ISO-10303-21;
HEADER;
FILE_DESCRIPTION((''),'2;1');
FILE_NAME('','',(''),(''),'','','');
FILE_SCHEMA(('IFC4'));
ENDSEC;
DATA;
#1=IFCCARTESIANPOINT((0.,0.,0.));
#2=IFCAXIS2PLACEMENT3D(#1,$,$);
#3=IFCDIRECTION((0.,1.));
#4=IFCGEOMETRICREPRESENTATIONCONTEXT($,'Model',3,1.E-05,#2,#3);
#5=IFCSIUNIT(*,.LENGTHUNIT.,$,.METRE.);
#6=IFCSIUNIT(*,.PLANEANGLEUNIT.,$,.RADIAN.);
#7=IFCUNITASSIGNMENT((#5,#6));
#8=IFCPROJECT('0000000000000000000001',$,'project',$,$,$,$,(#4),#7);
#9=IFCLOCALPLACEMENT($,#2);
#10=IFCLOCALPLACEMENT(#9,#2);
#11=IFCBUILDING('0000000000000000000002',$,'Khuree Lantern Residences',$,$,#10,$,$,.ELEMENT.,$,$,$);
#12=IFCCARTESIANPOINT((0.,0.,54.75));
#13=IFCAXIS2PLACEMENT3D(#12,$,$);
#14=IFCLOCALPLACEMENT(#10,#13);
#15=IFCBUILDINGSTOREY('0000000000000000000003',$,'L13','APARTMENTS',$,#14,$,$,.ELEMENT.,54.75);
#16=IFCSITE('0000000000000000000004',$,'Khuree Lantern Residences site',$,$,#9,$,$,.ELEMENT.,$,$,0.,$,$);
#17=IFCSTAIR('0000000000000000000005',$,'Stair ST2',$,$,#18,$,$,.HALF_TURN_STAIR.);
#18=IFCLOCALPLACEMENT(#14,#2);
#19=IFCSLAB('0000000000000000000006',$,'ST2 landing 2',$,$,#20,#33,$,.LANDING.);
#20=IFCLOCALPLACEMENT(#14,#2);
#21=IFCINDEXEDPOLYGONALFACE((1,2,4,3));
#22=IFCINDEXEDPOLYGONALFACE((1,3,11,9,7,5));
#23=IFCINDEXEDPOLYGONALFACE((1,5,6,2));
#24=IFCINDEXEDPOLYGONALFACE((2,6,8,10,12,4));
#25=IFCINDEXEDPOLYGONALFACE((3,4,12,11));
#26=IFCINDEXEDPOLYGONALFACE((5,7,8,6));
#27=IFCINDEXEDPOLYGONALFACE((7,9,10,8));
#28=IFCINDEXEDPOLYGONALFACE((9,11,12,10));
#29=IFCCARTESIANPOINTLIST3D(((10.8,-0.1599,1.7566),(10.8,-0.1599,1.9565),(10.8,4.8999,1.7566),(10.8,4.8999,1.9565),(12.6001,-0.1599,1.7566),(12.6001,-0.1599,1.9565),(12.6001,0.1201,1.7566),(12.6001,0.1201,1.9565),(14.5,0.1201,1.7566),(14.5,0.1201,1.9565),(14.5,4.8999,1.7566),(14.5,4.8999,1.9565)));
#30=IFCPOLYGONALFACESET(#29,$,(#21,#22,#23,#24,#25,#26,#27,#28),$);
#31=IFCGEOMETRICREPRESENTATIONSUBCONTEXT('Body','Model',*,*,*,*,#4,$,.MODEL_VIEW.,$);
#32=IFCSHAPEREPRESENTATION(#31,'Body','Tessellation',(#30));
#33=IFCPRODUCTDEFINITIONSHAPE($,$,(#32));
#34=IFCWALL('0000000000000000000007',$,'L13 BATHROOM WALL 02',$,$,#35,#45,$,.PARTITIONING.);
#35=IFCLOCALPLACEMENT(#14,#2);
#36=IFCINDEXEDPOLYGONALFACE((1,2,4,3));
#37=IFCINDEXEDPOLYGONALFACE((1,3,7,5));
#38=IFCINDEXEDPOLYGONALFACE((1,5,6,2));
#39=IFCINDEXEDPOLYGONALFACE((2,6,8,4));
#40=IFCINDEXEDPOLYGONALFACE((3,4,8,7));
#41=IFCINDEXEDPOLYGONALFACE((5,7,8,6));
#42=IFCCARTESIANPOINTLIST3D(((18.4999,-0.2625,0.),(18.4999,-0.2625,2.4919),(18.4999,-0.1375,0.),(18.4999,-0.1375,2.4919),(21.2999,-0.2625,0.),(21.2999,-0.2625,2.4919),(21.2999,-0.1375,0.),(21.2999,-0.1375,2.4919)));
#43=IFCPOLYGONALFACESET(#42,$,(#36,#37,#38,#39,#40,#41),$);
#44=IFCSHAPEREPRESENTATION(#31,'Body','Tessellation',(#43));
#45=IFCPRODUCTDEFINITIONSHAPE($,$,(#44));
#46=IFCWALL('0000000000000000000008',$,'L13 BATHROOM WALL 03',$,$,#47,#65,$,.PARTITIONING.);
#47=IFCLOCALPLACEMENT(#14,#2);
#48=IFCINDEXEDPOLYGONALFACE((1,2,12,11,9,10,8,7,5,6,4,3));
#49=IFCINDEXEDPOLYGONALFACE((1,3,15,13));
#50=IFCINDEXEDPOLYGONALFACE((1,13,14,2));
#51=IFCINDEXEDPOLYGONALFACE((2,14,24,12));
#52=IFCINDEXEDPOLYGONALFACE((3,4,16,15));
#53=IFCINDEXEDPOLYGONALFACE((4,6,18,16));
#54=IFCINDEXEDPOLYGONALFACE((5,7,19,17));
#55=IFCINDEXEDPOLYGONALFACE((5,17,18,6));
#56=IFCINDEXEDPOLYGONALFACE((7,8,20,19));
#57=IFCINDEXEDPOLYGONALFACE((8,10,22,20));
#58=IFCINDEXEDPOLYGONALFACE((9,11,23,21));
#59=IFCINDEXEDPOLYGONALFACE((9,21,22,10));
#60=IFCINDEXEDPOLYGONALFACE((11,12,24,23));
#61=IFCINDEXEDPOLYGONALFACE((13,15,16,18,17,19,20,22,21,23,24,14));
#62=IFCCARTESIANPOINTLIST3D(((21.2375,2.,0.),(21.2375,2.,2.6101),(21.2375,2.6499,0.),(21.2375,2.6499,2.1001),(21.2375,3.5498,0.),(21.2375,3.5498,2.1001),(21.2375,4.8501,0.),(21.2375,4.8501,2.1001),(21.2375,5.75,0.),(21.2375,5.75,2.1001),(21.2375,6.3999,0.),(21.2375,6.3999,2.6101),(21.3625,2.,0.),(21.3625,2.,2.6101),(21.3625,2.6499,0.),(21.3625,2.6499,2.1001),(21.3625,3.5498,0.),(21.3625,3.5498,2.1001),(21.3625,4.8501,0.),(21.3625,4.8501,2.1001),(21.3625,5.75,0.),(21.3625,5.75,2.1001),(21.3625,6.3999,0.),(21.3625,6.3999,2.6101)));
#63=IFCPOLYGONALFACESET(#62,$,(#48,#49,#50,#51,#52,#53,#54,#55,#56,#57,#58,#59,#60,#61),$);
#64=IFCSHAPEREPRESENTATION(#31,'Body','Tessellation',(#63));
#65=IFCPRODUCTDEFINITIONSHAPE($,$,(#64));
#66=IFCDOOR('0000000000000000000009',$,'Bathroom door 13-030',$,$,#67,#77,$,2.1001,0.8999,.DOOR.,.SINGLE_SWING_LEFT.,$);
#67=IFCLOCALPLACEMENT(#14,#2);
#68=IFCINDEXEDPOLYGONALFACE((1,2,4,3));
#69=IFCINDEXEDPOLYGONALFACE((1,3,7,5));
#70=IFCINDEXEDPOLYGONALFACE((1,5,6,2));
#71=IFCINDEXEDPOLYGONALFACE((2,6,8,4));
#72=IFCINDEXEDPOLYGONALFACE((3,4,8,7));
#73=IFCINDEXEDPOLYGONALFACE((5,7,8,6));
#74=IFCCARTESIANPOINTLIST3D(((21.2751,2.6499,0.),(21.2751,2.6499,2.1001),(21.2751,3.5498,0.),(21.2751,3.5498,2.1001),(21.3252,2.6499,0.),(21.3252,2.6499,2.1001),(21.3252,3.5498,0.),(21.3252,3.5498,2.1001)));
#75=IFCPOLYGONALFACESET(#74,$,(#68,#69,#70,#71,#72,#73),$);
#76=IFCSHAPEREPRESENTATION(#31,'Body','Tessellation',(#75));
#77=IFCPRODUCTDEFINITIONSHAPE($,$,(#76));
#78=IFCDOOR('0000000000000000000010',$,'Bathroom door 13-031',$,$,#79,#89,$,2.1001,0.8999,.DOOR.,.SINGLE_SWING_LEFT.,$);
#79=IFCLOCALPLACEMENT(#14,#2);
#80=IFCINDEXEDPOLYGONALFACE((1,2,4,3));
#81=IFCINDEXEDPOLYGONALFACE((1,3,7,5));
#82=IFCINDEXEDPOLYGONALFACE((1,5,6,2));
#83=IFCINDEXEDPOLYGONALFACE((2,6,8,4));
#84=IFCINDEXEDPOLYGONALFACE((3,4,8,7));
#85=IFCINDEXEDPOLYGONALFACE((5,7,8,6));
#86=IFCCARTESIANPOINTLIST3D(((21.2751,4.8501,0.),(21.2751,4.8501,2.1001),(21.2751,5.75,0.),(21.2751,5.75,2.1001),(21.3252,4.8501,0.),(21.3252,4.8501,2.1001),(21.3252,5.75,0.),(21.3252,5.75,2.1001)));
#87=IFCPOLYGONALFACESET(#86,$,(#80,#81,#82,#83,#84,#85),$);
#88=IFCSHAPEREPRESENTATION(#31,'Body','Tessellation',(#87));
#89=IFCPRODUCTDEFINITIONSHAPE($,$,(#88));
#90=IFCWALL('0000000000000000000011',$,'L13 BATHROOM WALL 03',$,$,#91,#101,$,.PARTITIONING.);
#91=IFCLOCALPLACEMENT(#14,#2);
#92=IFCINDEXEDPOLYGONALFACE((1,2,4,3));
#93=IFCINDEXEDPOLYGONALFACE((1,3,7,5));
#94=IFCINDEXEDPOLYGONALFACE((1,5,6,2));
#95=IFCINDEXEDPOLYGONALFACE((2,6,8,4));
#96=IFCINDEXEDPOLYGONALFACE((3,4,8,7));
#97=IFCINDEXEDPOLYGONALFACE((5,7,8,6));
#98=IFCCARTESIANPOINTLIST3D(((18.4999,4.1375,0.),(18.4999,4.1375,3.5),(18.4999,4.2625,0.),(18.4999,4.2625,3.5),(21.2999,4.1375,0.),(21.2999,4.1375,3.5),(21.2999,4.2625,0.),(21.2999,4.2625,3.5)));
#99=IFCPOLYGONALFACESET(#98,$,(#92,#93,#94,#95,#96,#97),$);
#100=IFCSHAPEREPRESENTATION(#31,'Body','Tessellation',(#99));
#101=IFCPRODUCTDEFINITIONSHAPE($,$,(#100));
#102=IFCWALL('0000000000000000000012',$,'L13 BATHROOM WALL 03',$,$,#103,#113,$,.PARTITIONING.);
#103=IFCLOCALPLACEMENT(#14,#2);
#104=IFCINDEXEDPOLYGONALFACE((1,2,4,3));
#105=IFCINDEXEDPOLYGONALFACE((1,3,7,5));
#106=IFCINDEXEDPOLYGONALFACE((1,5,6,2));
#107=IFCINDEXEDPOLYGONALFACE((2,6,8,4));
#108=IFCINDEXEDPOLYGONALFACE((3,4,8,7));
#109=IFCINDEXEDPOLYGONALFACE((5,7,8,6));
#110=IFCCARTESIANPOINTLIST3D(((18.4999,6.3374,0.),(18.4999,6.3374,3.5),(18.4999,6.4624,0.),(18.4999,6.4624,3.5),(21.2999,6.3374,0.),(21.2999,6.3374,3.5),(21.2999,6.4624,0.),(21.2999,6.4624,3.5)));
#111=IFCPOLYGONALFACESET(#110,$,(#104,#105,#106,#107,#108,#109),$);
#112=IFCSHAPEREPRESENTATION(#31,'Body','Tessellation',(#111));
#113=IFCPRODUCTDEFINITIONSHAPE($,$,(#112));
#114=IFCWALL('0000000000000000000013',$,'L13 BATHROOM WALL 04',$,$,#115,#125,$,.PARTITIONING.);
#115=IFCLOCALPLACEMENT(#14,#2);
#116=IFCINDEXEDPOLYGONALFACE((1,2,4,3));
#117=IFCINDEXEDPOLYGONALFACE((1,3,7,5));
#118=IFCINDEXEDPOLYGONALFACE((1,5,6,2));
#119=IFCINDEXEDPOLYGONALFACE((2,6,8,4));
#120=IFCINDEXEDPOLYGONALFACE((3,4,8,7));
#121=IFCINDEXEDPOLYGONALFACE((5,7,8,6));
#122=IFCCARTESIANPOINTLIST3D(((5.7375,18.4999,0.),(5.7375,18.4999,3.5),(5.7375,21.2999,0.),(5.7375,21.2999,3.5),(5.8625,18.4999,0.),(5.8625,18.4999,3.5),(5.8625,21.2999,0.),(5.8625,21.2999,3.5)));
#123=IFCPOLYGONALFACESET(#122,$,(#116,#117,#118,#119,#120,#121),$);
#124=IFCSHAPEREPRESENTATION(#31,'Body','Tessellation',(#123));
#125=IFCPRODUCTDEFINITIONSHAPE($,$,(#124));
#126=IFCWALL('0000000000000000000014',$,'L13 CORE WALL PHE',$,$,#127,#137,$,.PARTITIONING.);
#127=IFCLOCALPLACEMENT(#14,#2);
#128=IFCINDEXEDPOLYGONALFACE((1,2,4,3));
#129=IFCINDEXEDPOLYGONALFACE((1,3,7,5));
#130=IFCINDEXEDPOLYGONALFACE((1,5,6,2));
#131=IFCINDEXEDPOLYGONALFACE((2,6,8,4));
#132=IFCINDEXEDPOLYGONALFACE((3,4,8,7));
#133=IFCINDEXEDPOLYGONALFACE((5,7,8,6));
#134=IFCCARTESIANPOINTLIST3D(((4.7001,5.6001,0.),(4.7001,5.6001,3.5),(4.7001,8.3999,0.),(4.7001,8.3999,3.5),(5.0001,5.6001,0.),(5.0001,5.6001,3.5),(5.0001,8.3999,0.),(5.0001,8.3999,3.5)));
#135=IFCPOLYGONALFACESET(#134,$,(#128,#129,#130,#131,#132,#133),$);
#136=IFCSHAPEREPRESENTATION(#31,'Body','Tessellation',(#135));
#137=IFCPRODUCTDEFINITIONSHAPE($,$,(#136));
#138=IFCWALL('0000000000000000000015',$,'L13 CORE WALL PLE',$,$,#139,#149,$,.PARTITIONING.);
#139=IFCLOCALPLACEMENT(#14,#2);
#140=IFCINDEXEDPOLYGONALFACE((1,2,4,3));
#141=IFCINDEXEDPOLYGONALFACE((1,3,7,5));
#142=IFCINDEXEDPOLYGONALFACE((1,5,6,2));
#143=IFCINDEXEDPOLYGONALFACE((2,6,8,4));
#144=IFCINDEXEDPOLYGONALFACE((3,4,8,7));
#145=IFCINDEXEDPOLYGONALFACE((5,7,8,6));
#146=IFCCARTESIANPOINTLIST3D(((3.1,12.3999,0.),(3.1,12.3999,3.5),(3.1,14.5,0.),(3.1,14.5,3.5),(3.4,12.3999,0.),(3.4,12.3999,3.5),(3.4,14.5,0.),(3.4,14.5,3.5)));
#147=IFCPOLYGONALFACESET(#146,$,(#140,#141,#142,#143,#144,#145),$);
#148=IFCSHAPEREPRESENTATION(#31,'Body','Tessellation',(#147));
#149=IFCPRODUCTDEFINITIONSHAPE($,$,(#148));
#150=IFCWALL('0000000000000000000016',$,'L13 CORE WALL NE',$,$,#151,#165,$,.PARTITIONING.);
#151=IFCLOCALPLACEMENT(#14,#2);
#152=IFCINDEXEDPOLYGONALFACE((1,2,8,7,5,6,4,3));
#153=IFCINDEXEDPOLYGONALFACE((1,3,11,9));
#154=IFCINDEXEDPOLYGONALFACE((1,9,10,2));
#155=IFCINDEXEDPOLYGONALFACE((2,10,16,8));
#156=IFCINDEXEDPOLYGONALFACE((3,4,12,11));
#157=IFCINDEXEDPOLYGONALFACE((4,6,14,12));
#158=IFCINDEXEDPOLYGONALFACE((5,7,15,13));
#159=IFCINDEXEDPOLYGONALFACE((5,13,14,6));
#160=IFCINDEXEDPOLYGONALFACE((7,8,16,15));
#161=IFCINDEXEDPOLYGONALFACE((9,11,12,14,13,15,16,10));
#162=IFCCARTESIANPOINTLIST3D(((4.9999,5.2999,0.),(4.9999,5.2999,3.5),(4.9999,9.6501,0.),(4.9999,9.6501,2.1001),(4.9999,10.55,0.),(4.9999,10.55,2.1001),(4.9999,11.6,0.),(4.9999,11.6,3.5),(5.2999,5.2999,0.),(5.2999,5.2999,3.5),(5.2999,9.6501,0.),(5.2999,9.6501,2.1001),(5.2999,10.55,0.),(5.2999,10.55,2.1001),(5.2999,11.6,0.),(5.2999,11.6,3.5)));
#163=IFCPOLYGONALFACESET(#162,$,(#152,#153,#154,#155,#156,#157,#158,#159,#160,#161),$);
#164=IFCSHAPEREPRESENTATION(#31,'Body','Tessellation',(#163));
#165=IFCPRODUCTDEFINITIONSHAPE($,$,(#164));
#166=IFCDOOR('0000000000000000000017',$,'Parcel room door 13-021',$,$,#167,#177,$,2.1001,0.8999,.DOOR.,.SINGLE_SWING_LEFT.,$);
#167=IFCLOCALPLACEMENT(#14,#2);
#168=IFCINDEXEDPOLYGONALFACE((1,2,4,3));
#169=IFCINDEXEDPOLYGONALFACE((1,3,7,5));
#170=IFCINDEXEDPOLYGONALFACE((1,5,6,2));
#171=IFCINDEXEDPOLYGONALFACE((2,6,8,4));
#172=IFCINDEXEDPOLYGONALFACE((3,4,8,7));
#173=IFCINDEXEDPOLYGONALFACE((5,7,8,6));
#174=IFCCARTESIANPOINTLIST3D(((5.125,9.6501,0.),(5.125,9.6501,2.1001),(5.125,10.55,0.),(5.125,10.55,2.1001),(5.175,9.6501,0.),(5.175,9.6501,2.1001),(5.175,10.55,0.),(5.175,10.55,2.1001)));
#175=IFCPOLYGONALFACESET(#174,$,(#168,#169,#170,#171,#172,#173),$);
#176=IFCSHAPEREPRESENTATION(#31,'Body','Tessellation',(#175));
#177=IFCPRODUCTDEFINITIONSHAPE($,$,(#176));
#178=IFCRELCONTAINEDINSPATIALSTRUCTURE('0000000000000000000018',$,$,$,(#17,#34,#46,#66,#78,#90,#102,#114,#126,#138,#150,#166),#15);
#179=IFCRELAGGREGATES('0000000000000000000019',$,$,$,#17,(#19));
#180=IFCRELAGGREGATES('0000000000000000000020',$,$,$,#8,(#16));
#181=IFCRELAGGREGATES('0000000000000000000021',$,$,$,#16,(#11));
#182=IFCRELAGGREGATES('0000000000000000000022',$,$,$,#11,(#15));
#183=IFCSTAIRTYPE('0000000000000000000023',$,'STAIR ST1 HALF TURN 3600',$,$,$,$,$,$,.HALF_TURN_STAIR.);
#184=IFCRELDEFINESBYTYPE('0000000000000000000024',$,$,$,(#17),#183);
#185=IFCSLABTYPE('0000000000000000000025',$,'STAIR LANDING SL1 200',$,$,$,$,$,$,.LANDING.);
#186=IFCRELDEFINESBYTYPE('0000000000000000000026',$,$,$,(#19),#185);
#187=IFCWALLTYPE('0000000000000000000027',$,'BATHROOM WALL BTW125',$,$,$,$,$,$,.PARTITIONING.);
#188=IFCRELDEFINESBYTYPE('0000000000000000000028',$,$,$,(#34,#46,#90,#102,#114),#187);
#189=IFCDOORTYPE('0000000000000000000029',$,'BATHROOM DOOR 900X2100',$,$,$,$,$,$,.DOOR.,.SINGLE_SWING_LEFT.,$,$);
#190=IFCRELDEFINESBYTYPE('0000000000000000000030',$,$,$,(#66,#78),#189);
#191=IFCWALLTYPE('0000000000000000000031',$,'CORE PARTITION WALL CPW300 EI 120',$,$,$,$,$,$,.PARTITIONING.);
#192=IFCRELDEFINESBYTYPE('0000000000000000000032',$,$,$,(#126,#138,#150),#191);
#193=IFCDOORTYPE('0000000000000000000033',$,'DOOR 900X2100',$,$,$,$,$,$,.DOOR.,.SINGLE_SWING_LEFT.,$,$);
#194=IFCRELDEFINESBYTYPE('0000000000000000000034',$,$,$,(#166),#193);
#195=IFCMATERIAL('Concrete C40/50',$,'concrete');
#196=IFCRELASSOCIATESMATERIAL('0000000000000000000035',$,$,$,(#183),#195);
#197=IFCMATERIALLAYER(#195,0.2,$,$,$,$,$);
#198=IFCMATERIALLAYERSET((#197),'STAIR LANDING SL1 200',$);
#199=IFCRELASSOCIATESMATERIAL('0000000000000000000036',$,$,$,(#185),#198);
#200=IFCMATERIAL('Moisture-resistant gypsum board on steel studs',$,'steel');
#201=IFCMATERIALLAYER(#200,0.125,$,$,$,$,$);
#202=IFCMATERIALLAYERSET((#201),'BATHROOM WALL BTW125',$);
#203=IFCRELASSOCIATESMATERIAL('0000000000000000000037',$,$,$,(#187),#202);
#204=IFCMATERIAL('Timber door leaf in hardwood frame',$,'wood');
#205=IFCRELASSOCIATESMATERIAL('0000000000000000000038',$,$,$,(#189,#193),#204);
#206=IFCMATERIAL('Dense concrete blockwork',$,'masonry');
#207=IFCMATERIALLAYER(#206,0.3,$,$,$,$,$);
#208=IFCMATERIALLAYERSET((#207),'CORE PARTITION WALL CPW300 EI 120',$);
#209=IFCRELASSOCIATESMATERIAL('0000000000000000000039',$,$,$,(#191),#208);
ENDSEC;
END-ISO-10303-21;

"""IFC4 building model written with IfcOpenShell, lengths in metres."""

from ifc_helpers import new_model, si_unit, direction, frame, frame_2d, origin, place, context, subcontext, project, spatial, polyline, rectangle, outline, extrude, material, layer, layer_set, type_object, element, fill, aggregate, save


model = new_model("IFC4")

# Units and contexts
model_context = context("Model", 3, precision=1e-05, world=origin(), true_north=direction((0.0, 1.0)))
body_context = subcontext(model_context, "Body", "Model", "MODEL_VIEW")
ifc_project = project(units=[si_unit("LENGTHUNIT", "METRE"), si_unit("PLANEANGLEUNIT", "RADIAN")], contexts=[model_context])

# Site, building, storey
site_placement = place(None, origin())
site = spatial("IfcSite", under=ifc_project, at=site_placement, Name="Khuree Lantern Residences site", CompositionType="ELEMENT", RefElevation=0.0)
building_placement = place(site_placement, origin())
building = spatial("IfcBuilding", under=site, at=building_placement, Name="Khuree Lantern Residences", CompositionType="ELEMENT")
storey_placement = place(building_placement, frame((0.0, 0.0, 54.75)))
storey = spatial("IfcBuildingStorey", under=building, at=storey_placement, Name="L13", Description="APARTMENTS", CompositionType="ELEMENT", Elevation=54.75)

# Stair, slab
ifc_material_1 = material(Name="Concrete C40/50", Category="concrete")
stair_type = type_object("IfcStairType", Name="STAIR ST1 HALF TURN 3600", PredefinedType="HALF_TURN_STAIR", material=ifc_material_1)
ifc_layer_1 = layer(ifc_material_1, 0.2)
ifc_layer_set_1 = layer_set([ifc_layer_1], Name="STAIR LANDING SL1 200")
slab_type_1 = type_object("IfcSlabType", Name="STAIR LANDING SL1 200", PredefinedType="LANDING", material=ifc_layer_set_1)
stair_1_placement = place(storey_placement, origin())
stair_1 = element("IfcStair", 1, at=stair_1_placement, inside=storey, type_object=stair_type, Name="Stair ST2", PredefinedType="HALF_TURN_STAIR")
slab_1_placement = place(storey_placement, frame((0.0, 0.0, 1.7566)))
slab_1 = element("IfcSlab", 2, at=slab_1_placement, type_object=slab_type_1, Name="ST2 landing 2", PredefinedType="LANDING", context=body_context, shape_type="SweptSolid", body=[
    extrude(outline(polyline([(14.5, 4.8999), (14.5, 0.1201), (12.6001, 0.1201), (12.6001, -0.1599), (10.8, -0.1599), (10.8, 4.8999), (14.5, 4.8999)])), origin(), (0.0, 0.0, 1.0), 0.2),
])

# Wall
ifc_material_2 = material(Name="Moisture-resistant gypsum board on steel studs", Category="steel")
ifc_layer_2 = layer(ifc_material_2, 0.125)
ifc_layer_set_2 = layer_set([ifc_layer_2], Name="BATHROOM WALL BTW125")
wall_type_1 = type_object("IfcWallType", Name="BATHROOM WALL BTW125", PredefinedType="PARTITIONING", material=ifc_layer_set_2)
wall_1_placement = place(storey_placement, frame((18.5, -0.2, 0.0), z_axis=(0.0, 0.0, 1.0), x_axis=(1.0, 0.0, 0.0)))
element("IfcWall", 3, at=wall_1_placement, inside=storey, type_object=wall_type_1, Name="L13 BATHROOM WALL 02", PredefinedType="PARTITIONING", context=body_context, shape_type="SweptSolid", body=[
    extrude(rectangle(XDim=2.8, YDim=0.125, at=frame_2d((1.3999, 0.0))), origin(), (0.0, 0.0, 1.0), 2.4919),
])

# Wall, openings, doors
wall_2_placement = place(storey_placement, frame((21.3, 2.0, 0.0), z_axis=(0.0, 0.0, 1.0), x_axis=(0.0, 1.0, 0.0)))
wall_2 = element("IfcWall", 4, at=wall_2_placement, inside=storey, type_object=wall_type_1, Name="L13 BATHROOM WALL 03", PredefinedType="PARTITIONING", context=body_context, shape_type="SweptSolid", body=[
    extrude(rectangle(XDim=4.3999, YDim=0.125, at=frame_2d((2.2, 0.0))), origin(), (0.0, 0.0, 1.0), 2.6101),
])
opening_1_placement = place(wall_2_placement, frame((0.6499, 0.0, 0.0)))
opening_1 = element("IfcOpeningElement", 5, at=opening_1_placement, cuts=wall_2, PredefinedType="OPENING", context=body_context, shape_type="SweptSolid", body=[
    extrude(rectangle(XDim=0.8999, YDim=2.1001, at=frame_2d((0.45, 1.05))), frame((0.0, 0.0725, 0.0), z_axis=(0.0, -1.0, 0.0), x_axis=(1.0, 0.0, 0.0)), (0.0, 0.0, 1.0), 0.145),
])
opening_2_placement = place(wall_2_placement, frame((2.8501, 0.0, 0.0)))
opening_2 = element("IfcOpeningElement", 6, at=opening_2_placement, cuts=wall_2, PredefinedType="OPENING", context=body_context, shape_type="SweptSolid", body=[
    extrude(rectangle(XDim=0.8999, YDim=2.1001, at=frame_2d((0.45, 1.05))), frame((0.0, 0.0725, 0.0), z_axis=(0.0, -1.0, 0.0), x_axis=(1.0, 0.0, 0.0)), (0.0, 0.0, 1.0), 0.145),
])
ifc_material_3 = material(Name="Timber door leaf in hardwood frame", Category="wood")
door_type_1 = type_object("IfcDoorType", Name="BATHROOM DOOR 900X2100", OperationType="SINGLE_SWING_LEFT", PredefinedType="DOOR", material=ifc_material_3)
door_1_placement = place(opening_1_placement, origin())
door_1 = element("IfcDoor", 7, at=door_1_placement, inside=storey, type_object=door_type_1, Name="Bathroom door 13-030", OperationType="SINGLE_SWING_LEFT", OverallHeight=2.1001, OverallWidth=0.8999, PredefinedType="DOOR", context=body_context, shape_type="SweptSolid", body=[
    extrude(rectangle(XDim=0.8999, YDim=2.1001, at=frame_2d((0.45, 1.05))), frame((0.0, 0.0249, 0.0), z_axis=(0.0, -1.0, 0.0), x_axis=(1.0, 0.0, 0.0)), (0.0, 0.0, 1.0), 0.05),
])
fill(opening_1, door_1)
door_2_placement = place(opening_2_placement, origin())
door_2 = element("IfcDoor", 8, at=door_2_placement, inside=storey, type_object=door_type_1, Name="Bathroom door 13-031", OperationType="SINGLE_SWING_LEFT", OverallHeight=2.1001, OverallWidth=0.8999, PredefinedType="DOOR", context=body_context, shape_type="SweptSolid", body=[
    extrude(rectangle(XDim=0.8999, YDim=2.1001, at=frame_2d((0.45, 1.05))), frame((0.0, 0.0249, 0.0), z_axis=(0.0, -1.0, 0.0), x_axis=(1.0, 0.0, 0.0)), (0.0, 0.0, 1.0), 0.05),
])
fill(opening_2, door_2)

# Walls
for number, where, z_axis, x_axis, name in (
    (9, (18.5, 4.2, 0.0), (0.0, 0.0, 1.0), (1.0, 0.0, 0.0), "L13 BATHROOM WALL 03"),
    (10, (18.5, 6.3999, 0.0), (0.0, 0.0, 1.0), (1.0, 0.0, 0.0), "L13 BATHROOM WALL 03"),
    (11, (5.8, 18.5, 0.0), (0.0, 0.0, 1.0), (0.0, 1.0, 0.0), "L13 BATHROOM WALL 04"),
):
    element("IfcWall", number, at=place(storey_placement, frame(where, z_axis=z_axis, x_axis=x_axis)), inside=storey, type_object=wall_type_1, Name=name, PredefinedType="PARTITIONING", context=body_context, shape_type="SweptSolid", body=[
        extrude(rectangle(XDim=2.8, YDim=0.125, at=frame_2d((1.3999, 0.0))), origin(), (0.0, 0.0, 1.0), 3.5),
    ])
ifc_material_4 = material(Name="Dense concrete blockwork", Category="masonry")
ifc_layer_3 = layer(ifc_material_4, 0.3)
ifc_layer_set_3 = layer_set([ifc_layer_3], Name="CORE PARTITION WALL CPW300 EI 120")
wall_type_2 = type_object("IfcWallType", Name="CORE PARTITION WALL CPW300 EI 120", PredefinedType="PARTITIONING", material=ifc_layer_set_3)
wall_3_placement = place(storey_placement, frame((4.8501, 5.6001, 0.0), z_axis=(0.0, 0.0, 1.0), x_axis=(0.0, 1.0, 0.0)))
element("IfcWall", 12, at=wall_3_placement, inside=storey, type_object=wall_type_2, Name="L13 CORE WALL PHE", PredefinedType="PARTITIONING", context=body_context, shape_type="SweptSolid", body=[
    extrude(rectangle(XDim=2.7998, YDim=0.3, at=frame_2d((1.3999, 0.0))), origin(), (0.0, 0.0, 1.0), 3.5),
])
wall_4_placement = place(storey_placement, frame((3.25, 12.3999, 0.0), z_axis=(0.0, 0.0, 1.0), x_axis=(0.0, 1.0, 0.0)))
element("IfcWall", 13, at=wall_4_placement, inside=storey, type_object=wall_type_2, Name="L13 CORE WALL PLE", PredefinedType="PARTITIONING", context=body_context, shape_type="SweptSolid", body=[
    extrude(rectangle(XDim=2.1001, YDim=0.3, at=frame_2d((1.05, 0.0))), origin(), (0.0, 0.0, 1.0), 3.5),
])

# Wall, opening, door
wall_5_placement = place(storey_placement, frame((5.1499, 5.3, 0.0), z_axis=(0.0, 0.0, 1.0), x_axis=(0.0, 1.0, 0.0)))
wall_5 = element("IfcWall", 14, at=wall_5_placement, inside=storey, type_object=wall_type_2, Name="L13 CORE WALL NE", PredefinedType="PARTITIONING", context=body_context, shape_type="SweptSolid", body=[
    extrude(rectangle(XDim=6.3, YDim=0.3, at=frame_2d((3.1499, 0.0))), origin(), (0.0, 0.0, 1.0), 3.5),
])
opening_3_placement = place(wall_5_placement, frame((4.3501, 0.0, 0.0)))
opening_3 = element("IfcOpeningElement", 15, at=opening_3_placement, cuts=wall_5, PredefinedType="OPENING", context=body_context, shape_type="SweptSolid", body=[
    extrude(rectangle(XDim=0.8999, YDim=2.1001, at=frame_2d((0.45, 1.05))), frame((0.0, 0.1602, 0.0), z_axis=(0.0, -1.0, 0.0), x_axis=(1.0, 0.0, 0.0)), (0.0, 0.0, 1.0), 0.3201),
])
door_type_2 = type_object("IfcDoorType", Name="DOOR 900X2100", OperationType="SINGLE_SWING_LEFT", PredefinedType="DOOR", material=ifc_material_3)
door_3_placement = place(opening_3_placement, origin())
door_3 = element("IfcDoor", 16, at=door_3_placement, inside=storey, type_object=door_type_2, Name="Parcel room door 13-021", OperationType="SINGLE_SWING_LEFT", OverallHeight=2.1001, OverallWidth=0.8999, PredefinedType="DOOR", context=body_context, shape_type="SweptSolid", body=[
    extrude(rectangle(XDim=0.8999, YDim=2.1001, at=frame_2d((0.45, 1.05))), frame((0.0, 0.0249, 0.0), z_axis=(0.0, -1.0, 0.0), x_axis=(1.0, 0.0, 0.0)), (0.0, 0.0, 1.0), 0.05),
])
fill(opening_3, door_3)

aggregate(stair_1, [slab_1])

save(model, "model.ifc")
